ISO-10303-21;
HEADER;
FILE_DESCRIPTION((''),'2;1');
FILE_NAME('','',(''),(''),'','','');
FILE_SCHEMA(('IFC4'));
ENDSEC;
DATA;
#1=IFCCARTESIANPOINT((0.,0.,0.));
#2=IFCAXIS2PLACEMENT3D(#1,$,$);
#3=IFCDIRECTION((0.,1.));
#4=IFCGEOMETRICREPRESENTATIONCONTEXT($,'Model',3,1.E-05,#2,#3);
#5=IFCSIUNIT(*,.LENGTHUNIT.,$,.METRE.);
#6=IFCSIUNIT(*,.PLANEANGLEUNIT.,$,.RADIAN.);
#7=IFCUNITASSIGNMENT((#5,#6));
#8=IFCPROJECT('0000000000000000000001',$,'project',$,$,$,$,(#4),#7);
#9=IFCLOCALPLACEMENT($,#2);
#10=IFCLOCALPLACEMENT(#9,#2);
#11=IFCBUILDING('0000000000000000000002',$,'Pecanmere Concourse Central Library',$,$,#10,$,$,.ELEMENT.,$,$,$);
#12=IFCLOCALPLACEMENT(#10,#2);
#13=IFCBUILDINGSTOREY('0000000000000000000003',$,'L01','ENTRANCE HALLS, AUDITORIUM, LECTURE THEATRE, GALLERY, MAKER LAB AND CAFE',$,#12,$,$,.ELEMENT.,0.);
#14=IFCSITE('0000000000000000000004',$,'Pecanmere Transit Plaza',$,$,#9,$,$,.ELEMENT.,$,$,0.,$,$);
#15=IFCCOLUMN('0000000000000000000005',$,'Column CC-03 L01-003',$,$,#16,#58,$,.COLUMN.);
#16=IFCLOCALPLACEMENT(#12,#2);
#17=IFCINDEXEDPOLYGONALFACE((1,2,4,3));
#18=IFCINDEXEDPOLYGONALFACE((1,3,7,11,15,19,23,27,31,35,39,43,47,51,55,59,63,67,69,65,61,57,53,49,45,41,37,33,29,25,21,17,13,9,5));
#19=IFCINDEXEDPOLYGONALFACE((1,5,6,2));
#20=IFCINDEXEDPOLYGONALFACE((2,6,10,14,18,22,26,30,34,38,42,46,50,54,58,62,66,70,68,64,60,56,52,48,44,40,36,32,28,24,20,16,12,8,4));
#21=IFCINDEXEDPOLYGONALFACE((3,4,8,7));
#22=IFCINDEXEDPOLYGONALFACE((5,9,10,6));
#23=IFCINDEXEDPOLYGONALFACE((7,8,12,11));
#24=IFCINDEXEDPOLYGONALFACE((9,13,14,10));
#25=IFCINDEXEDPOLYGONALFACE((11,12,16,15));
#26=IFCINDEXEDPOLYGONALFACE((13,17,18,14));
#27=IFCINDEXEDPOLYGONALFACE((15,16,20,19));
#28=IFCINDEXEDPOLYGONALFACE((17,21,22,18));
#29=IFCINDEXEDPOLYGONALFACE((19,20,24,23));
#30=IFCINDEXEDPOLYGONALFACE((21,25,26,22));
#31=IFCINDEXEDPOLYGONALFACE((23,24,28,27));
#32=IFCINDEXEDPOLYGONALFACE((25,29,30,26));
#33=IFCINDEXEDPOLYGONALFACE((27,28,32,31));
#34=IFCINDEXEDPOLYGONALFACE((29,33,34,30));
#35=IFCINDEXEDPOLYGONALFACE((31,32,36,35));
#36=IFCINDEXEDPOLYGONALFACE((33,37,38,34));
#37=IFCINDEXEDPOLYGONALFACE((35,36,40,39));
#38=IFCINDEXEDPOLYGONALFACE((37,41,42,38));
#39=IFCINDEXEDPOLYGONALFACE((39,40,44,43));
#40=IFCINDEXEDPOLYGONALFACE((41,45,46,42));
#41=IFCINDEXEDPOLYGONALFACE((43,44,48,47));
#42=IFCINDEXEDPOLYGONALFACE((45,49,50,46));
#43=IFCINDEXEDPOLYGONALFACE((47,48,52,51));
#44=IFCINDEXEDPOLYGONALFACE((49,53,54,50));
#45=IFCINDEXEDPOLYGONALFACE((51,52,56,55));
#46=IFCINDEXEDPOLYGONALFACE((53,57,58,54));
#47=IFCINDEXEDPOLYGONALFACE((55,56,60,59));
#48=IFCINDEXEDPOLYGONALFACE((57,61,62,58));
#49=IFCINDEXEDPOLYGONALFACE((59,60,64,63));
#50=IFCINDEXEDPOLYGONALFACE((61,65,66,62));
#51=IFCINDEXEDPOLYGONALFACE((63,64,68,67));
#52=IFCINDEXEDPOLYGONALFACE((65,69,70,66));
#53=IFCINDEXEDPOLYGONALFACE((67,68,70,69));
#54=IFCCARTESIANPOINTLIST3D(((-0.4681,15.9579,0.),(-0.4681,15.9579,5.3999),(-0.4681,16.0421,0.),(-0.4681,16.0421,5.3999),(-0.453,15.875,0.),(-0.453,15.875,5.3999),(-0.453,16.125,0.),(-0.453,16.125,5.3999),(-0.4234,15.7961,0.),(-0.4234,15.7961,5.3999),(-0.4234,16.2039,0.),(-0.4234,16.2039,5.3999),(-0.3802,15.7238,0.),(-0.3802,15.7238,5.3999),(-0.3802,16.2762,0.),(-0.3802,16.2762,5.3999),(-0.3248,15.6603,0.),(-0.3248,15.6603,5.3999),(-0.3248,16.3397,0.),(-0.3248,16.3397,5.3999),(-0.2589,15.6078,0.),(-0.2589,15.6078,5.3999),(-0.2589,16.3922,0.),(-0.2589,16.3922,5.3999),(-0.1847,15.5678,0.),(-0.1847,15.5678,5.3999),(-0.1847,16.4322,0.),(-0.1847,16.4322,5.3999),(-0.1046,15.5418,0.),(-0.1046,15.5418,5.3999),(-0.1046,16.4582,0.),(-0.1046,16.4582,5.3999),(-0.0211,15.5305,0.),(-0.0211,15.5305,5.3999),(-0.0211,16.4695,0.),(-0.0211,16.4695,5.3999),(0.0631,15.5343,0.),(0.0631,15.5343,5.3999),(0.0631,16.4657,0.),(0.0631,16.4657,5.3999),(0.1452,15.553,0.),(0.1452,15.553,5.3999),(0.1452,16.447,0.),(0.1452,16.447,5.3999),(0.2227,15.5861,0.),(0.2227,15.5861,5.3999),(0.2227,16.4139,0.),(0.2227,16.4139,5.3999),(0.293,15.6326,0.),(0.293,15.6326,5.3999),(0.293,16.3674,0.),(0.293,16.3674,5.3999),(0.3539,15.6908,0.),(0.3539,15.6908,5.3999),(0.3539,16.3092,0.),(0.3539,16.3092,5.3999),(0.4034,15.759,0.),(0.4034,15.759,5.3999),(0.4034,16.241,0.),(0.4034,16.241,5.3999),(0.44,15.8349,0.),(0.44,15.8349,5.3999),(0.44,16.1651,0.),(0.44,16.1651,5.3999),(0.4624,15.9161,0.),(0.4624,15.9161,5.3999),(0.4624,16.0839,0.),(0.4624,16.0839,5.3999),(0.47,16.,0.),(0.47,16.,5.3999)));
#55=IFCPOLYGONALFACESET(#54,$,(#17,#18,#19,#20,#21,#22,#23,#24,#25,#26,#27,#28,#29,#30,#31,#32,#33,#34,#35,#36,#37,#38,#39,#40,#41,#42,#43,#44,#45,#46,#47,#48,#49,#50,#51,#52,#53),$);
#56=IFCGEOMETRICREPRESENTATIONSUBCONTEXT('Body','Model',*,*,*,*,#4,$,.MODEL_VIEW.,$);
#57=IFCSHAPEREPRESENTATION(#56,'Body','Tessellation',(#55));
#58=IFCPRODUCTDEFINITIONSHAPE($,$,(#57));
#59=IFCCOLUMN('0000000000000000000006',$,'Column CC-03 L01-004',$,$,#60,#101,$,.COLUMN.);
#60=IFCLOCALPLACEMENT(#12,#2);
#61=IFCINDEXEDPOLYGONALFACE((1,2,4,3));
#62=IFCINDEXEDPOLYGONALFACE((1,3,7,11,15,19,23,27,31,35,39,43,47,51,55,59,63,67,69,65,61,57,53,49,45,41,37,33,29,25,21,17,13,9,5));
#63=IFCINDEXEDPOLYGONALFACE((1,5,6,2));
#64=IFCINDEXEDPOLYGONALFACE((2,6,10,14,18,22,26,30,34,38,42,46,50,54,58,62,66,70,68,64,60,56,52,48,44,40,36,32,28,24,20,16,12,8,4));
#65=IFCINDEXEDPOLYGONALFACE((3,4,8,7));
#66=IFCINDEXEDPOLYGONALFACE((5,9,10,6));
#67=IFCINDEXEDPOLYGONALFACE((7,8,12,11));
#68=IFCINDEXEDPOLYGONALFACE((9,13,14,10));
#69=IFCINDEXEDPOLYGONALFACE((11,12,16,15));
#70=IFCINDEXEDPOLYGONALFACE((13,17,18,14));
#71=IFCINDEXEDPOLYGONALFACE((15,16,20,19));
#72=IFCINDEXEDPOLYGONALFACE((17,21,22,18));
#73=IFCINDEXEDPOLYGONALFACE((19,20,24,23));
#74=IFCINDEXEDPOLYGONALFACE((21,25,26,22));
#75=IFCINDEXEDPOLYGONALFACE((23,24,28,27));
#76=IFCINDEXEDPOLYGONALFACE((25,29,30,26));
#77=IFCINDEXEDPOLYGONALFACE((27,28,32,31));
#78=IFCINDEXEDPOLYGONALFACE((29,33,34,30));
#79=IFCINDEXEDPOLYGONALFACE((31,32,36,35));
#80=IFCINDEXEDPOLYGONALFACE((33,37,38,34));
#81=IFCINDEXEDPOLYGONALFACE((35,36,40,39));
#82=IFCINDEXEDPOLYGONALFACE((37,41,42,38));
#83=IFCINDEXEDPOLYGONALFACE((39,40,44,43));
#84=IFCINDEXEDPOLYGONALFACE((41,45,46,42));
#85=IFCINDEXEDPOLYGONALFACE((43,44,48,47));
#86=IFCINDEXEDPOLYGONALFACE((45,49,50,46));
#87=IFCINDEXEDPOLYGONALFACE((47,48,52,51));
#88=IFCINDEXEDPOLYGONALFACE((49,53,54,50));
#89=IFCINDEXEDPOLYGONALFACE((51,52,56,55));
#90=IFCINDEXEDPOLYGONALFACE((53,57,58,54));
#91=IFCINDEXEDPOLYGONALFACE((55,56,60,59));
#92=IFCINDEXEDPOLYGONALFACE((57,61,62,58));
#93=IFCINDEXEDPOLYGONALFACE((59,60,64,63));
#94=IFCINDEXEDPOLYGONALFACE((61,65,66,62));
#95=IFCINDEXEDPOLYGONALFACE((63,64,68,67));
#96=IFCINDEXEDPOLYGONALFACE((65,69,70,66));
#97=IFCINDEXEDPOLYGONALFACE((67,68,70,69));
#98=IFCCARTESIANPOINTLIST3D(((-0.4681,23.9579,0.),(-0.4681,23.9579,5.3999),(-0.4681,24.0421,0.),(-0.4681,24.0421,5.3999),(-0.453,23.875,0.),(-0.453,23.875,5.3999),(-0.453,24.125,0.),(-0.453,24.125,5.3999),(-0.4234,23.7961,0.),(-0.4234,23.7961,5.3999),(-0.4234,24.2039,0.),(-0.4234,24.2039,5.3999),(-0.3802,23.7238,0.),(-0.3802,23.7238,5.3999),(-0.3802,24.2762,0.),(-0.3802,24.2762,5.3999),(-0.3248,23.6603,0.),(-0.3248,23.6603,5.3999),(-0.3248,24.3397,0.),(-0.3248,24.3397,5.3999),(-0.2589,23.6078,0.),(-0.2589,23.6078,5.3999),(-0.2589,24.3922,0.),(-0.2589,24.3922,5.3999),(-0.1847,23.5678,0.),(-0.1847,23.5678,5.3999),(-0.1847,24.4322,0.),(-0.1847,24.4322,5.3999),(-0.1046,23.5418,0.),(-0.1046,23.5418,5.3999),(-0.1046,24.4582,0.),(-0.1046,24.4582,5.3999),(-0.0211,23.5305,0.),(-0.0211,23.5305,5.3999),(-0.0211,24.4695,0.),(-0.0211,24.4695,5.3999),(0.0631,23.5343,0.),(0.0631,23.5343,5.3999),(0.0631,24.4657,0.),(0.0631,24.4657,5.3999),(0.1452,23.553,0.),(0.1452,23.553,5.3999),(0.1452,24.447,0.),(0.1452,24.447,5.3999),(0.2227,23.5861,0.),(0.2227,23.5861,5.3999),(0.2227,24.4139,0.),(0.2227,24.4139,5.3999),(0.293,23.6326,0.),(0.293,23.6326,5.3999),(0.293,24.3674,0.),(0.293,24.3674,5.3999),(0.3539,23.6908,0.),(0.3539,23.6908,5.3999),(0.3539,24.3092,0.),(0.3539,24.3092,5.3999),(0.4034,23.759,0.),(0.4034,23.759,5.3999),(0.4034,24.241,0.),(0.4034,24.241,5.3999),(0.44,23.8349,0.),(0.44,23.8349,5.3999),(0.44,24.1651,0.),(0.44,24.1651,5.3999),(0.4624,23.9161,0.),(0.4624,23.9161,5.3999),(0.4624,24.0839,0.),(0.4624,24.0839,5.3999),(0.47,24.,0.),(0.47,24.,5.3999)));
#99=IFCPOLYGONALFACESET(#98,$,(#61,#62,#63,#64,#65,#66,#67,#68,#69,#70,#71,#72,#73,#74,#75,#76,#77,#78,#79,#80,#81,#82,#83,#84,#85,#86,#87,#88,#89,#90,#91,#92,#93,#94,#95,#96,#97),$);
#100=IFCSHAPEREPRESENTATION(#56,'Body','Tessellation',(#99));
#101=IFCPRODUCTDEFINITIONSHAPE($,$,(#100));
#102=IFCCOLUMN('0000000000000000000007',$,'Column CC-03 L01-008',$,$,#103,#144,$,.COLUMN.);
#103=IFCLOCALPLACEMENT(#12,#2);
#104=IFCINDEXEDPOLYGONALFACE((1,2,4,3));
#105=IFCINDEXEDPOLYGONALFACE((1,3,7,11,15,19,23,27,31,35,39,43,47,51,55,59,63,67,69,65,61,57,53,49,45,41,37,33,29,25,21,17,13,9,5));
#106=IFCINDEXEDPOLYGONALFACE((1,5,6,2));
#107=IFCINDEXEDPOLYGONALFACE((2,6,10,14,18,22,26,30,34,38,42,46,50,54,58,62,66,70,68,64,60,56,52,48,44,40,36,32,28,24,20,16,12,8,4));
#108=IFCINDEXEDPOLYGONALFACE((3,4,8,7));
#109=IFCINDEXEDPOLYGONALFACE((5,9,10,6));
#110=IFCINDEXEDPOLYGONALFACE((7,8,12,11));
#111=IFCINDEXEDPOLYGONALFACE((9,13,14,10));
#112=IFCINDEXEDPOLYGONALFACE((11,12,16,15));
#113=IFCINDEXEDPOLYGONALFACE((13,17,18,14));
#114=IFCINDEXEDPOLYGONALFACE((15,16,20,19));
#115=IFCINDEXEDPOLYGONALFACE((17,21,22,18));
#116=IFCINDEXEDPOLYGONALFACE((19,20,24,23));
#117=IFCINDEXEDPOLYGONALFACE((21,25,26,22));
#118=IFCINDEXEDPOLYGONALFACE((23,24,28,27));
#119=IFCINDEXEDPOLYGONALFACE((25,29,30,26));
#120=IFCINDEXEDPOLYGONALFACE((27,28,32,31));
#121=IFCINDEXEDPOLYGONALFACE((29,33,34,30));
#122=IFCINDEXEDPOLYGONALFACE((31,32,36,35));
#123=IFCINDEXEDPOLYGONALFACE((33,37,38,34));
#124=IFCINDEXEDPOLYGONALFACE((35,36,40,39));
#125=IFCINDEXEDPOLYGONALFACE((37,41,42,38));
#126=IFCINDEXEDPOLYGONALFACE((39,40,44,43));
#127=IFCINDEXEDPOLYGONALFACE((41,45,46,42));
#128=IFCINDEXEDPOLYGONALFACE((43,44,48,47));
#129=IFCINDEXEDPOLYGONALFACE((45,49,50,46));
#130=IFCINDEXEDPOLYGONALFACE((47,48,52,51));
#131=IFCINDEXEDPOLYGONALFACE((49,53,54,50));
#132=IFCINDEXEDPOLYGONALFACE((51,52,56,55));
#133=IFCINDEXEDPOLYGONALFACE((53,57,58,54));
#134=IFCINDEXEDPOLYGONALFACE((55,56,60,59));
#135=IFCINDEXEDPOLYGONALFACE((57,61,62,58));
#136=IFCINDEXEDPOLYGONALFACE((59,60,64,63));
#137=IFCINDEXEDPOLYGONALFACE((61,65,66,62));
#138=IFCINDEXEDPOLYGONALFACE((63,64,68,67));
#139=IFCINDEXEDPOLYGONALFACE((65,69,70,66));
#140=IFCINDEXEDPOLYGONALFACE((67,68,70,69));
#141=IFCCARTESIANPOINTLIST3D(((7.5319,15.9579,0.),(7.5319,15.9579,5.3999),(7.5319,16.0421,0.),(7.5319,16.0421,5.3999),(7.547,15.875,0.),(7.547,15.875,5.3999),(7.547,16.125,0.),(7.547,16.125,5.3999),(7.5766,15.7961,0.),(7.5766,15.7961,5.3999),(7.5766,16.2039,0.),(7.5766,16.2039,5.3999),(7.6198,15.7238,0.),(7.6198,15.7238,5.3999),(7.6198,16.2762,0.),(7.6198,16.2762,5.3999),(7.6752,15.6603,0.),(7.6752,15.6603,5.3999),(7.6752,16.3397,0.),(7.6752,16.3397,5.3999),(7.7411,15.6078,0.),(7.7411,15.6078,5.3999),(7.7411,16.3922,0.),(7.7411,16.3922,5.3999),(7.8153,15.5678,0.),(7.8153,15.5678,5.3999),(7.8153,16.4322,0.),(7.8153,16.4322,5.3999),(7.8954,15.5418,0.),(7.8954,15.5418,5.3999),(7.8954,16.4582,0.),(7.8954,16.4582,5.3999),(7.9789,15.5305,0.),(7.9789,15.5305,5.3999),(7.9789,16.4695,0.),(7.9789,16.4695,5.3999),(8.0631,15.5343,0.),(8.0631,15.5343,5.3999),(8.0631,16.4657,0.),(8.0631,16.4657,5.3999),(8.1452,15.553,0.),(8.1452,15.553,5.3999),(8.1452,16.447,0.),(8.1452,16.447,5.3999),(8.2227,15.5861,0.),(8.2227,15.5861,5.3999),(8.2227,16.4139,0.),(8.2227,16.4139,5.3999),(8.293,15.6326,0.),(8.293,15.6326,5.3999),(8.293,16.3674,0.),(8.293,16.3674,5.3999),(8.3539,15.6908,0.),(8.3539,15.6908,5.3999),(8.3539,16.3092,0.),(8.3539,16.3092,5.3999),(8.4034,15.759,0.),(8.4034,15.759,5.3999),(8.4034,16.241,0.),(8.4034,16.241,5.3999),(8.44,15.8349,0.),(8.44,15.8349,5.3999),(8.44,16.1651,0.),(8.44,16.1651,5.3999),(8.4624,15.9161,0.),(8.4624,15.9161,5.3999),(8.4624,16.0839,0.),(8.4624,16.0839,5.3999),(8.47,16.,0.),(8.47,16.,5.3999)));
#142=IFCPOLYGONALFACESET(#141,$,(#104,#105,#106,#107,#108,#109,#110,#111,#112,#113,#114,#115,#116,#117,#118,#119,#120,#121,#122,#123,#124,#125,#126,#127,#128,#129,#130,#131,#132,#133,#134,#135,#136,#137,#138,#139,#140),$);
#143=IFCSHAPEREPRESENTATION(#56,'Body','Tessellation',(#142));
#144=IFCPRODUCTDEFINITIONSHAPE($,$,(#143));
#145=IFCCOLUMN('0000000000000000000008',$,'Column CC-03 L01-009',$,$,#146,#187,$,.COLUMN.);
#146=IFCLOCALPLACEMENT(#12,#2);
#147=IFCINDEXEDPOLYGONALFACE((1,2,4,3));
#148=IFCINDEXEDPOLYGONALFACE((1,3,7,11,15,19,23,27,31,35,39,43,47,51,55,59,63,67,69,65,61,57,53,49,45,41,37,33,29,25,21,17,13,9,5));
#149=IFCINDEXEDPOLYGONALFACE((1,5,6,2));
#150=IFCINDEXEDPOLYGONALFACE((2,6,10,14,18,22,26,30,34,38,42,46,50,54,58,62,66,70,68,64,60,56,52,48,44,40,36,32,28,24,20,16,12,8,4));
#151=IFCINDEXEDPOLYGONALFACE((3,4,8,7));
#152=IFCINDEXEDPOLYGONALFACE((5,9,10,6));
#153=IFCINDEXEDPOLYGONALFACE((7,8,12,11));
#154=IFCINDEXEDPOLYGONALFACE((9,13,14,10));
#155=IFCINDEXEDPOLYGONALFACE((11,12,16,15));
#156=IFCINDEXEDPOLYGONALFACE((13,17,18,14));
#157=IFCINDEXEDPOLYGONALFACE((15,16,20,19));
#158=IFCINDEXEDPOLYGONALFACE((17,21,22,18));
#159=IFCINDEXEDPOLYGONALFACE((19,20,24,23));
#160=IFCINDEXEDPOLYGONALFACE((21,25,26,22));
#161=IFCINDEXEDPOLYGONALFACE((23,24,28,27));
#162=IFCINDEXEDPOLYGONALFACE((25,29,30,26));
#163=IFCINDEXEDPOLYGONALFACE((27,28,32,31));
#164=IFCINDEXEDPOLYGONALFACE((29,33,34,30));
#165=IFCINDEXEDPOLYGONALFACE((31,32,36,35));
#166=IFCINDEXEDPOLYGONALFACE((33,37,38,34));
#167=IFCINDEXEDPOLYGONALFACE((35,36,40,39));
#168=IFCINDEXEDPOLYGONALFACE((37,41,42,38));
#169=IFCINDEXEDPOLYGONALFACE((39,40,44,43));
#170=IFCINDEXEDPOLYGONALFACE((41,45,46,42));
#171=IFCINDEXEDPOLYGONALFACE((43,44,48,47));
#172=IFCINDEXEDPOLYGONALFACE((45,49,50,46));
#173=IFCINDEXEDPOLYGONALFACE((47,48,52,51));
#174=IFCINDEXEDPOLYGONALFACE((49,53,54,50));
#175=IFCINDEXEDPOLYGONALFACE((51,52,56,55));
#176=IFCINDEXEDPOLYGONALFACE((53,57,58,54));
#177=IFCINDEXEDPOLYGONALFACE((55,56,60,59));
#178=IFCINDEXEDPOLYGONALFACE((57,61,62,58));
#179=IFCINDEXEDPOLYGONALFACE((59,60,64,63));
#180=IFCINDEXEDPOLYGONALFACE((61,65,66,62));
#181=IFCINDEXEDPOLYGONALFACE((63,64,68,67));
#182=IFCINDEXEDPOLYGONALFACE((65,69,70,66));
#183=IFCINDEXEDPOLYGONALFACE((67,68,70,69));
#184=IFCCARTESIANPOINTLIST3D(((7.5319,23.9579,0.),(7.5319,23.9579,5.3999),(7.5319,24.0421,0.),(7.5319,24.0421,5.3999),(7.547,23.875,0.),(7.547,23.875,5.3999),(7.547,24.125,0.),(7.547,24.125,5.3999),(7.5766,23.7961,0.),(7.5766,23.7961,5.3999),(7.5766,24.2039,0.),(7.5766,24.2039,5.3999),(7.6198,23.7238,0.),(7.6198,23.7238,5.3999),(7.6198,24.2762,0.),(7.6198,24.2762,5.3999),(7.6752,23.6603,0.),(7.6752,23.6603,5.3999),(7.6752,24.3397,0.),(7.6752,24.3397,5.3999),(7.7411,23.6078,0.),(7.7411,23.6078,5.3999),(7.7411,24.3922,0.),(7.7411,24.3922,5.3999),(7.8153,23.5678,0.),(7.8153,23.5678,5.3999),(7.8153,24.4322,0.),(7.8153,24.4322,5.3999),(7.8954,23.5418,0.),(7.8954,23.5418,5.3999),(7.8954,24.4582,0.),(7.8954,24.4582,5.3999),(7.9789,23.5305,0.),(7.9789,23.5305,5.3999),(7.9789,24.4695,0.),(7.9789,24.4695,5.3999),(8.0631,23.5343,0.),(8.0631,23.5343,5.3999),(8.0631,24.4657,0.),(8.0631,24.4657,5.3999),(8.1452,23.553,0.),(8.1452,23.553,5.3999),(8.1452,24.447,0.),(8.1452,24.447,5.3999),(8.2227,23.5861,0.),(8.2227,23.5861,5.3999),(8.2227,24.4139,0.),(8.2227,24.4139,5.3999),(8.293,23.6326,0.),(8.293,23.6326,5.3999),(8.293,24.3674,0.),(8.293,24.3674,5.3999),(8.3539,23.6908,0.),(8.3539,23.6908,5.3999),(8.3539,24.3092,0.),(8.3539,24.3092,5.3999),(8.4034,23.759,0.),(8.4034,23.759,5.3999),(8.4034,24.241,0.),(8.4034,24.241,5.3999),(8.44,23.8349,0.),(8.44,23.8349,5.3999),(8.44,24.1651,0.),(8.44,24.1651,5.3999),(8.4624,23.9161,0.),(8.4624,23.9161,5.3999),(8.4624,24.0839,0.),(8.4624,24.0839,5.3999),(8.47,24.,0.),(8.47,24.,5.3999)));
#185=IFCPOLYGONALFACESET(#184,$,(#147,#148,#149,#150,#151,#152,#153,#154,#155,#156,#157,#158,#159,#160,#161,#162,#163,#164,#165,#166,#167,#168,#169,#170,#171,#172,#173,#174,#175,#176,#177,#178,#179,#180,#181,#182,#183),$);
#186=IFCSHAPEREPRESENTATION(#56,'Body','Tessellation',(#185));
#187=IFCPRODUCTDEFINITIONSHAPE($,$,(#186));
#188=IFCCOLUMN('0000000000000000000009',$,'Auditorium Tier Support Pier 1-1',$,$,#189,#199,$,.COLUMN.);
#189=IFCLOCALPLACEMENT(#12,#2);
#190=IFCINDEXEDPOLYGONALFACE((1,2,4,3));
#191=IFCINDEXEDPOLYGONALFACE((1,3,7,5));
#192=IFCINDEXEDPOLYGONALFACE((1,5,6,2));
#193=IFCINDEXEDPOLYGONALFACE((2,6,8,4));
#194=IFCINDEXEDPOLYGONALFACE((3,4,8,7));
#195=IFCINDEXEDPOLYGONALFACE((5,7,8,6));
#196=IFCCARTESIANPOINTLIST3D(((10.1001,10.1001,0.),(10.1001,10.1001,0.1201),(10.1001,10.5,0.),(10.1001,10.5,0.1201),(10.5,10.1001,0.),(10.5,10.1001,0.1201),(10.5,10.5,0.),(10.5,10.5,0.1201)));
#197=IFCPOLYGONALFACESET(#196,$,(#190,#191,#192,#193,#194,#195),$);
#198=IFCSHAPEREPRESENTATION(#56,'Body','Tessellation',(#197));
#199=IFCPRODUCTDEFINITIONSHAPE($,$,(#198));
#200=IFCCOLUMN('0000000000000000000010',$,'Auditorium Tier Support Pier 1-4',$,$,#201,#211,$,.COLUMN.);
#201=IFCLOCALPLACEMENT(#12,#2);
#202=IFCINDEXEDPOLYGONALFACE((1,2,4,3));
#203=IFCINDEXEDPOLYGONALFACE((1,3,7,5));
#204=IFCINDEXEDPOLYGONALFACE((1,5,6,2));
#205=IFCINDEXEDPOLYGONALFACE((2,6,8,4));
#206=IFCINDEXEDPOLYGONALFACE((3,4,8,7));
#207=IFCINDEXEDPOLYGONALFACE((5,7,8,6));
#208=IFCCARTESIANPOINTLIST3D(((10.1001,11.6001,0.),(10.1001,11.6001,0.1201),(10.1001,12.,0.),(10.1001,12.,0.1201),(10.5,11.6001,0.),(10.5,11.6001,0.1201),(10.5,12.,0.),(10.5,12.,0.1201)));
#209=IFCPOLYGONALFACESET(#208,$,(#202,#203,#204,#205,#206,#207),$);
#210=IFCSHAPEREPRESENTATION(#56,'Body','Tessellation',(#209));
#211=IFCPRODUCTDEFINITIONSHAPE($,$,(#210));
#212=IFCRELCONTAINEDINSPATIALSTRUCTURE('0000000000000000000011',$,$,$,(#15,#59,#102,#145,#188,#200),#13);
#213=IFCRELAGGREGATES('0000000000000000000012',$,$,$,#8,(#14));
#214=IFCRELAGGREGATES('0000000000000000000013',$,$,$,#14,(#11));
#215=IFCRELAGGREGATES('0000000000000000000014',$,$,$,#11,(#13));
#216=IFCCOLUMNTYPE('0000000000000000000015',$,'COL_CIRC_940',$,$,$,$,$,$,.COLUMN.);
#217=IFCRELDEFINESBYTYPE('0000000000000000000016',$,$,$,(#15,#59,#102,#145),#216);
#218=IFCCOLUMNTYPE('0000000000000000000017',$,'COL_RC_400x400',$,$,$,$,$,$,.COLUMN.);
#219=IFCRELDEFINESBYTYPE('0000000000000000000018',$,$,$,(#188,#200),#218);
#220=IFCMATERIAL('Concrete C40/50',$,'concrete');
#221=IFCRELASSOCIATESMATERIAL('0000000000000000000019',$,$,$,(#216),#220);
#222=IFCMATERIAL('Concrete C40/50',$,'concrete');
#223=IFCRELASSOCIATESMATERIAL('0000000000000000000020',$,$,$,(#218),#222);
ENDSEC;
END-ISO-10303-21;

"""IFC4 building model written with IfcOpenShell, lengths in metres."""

from ifc_helpers import new_model, si_unit, direction, frame, origin, origin_2d, place, context, subcontext, project, spatial, rectangle, circle, extrude, material, material_profile, profile_set, type_object, element, save


model = new_model("IFC4")

# Units and contexts
model_context = context("Model", 3, precision=1e-05, world=origin(), true_north=direction((0.0, 1.0)))
body_context = subcontext(model_context, "Body", "Model", "MODEL_VIEW")
ifc_project = project(units=[si_unit("LENGTHUNIT", "METRE"), si_unit("PLANEANGLEUNIT", "RADIAN")], contexts=[model_context])

# Site, building, storey
site_placement = place(None, origin())
site = spatial("IfcSite", under=ifc_project, at=site_placement, Name="Pecanmere Transit Plaza", CompositionType="ELEMENT", RefElevation=0.0)
building_placement = place(site_placement, origin())
building = spatial("IfcBuilding", under=site, at=building_placement, Name="Pecanmere Concourse Central Library", CompositionType="ELEMENT")
storey_placement = place(building_placement, origin())
storey = spatial("IfcBuildingStorey", under=building, at=storey_placement, Name="L01", Description="ENTRANCE HALLS, AUDITORIUM, LECTURE THEATRE, GALLERY, MAKER LAB AND CAFE", CompositionType="ELEMENT", Elevation=0.0)

# Columns
ifc_material_1 = material(Name="Concrete C40/50", Category="concrete")
ifc_material_profile_1 = material_profile(ifc_material_1, circle(Radius=0.47, at=origin_2d()), Name="RC D940")
ifc_profile_set_1 = profile_set([ifc_material_profile_1], Name="Concrete C40/50")
column_type_1 = type_object("IfcColumnType", Name="COL_CIRC_940", PredefinedType="COLUMN", material=ifc_profile_set_1)
for number, where, z_axis, x_axis, name in (
    (1, (0.0, 16.0, 0.0), (0.0, 0.0, 1.0), (1.0, 0.0, 0.0), "Column CC-03 L01-003"),
    (2, (0.0, 24.0, 0.0), (0.0, 0.0, 1.0), (1.0, 0.0, 0.0), "Column CC-03 L01-004"),
    (3, (8.0, 16.0, 0.0), (0.0, 0.0, 1.0), (1.0, 0.0, 0.0), "Column CC-03 L01-008"),
    (4, (8.0, 24.0, 0.0), (0.0, 0.0, 1.0), (1.0, 0.0, 0.0), "Column CC-03 L01-009"),
):
    element("IfcColumn", number, at=place(storey_placement, frame(where, z_axis=z_axis, x_axis=x_axis)), inside=storey, type_object=column_type_1, Name=name, PredefinedType="COLUMN", context=body_context, shape_type="SweptSolid", body=[
        extrude(circle(Radius=0.47, at=origin_2d()), origin(), (0.0, 0.0, 1.0), 5.3999),
    ])
ifc_material_2 = material(Name="Concrete C40/50", Category="concrete")
ifc_material_profile_2 = material_profile(ifc_material_2, rectangle(XDim=0.3999, YDim=0.3999, at=origin_2d()), Name="RC 400x400")
ifc_profile_set_2 = profile_set([ifc_material_profile_2], Name="Concrete C40/50")
column_type_2 = type_object("IfcColumnType", Name="COL_RC_400x400", PredefinedType="COLUMN", material=ifc_profile_set_2)
for number, where, z_axis, x_axis, name in (
    (5, (10.3, 10.3, 0.0), (0.0, 0.0, 1.0), (1.0, 0.0, 0.0), "Auditorium Tier Support Pier 1-1"),
    (6, (10.3, 11.8, 0.0), (0.0, 0.0, 1.0), (1.0, 0.0, 0.0), "Auditorium Tier Support Pier 1-4"),
):
    element("IfcColumn", number, at=place(storey_placement, frame(where, z_axis=z_axis, x_axis=x_axis)), inside=storey, type_object=column_type_2, Name=name, PredefinedType="COLUMN", context=body_context, shape_type="SweptSolid", body=[
        extrude(rectangle(XDim=0.3999, YDim=0.3999, at=origin_2d()), origin(), (0.0, 0.0, 1.0), 0.1201),
    ])

save(model, "model.ifc")
